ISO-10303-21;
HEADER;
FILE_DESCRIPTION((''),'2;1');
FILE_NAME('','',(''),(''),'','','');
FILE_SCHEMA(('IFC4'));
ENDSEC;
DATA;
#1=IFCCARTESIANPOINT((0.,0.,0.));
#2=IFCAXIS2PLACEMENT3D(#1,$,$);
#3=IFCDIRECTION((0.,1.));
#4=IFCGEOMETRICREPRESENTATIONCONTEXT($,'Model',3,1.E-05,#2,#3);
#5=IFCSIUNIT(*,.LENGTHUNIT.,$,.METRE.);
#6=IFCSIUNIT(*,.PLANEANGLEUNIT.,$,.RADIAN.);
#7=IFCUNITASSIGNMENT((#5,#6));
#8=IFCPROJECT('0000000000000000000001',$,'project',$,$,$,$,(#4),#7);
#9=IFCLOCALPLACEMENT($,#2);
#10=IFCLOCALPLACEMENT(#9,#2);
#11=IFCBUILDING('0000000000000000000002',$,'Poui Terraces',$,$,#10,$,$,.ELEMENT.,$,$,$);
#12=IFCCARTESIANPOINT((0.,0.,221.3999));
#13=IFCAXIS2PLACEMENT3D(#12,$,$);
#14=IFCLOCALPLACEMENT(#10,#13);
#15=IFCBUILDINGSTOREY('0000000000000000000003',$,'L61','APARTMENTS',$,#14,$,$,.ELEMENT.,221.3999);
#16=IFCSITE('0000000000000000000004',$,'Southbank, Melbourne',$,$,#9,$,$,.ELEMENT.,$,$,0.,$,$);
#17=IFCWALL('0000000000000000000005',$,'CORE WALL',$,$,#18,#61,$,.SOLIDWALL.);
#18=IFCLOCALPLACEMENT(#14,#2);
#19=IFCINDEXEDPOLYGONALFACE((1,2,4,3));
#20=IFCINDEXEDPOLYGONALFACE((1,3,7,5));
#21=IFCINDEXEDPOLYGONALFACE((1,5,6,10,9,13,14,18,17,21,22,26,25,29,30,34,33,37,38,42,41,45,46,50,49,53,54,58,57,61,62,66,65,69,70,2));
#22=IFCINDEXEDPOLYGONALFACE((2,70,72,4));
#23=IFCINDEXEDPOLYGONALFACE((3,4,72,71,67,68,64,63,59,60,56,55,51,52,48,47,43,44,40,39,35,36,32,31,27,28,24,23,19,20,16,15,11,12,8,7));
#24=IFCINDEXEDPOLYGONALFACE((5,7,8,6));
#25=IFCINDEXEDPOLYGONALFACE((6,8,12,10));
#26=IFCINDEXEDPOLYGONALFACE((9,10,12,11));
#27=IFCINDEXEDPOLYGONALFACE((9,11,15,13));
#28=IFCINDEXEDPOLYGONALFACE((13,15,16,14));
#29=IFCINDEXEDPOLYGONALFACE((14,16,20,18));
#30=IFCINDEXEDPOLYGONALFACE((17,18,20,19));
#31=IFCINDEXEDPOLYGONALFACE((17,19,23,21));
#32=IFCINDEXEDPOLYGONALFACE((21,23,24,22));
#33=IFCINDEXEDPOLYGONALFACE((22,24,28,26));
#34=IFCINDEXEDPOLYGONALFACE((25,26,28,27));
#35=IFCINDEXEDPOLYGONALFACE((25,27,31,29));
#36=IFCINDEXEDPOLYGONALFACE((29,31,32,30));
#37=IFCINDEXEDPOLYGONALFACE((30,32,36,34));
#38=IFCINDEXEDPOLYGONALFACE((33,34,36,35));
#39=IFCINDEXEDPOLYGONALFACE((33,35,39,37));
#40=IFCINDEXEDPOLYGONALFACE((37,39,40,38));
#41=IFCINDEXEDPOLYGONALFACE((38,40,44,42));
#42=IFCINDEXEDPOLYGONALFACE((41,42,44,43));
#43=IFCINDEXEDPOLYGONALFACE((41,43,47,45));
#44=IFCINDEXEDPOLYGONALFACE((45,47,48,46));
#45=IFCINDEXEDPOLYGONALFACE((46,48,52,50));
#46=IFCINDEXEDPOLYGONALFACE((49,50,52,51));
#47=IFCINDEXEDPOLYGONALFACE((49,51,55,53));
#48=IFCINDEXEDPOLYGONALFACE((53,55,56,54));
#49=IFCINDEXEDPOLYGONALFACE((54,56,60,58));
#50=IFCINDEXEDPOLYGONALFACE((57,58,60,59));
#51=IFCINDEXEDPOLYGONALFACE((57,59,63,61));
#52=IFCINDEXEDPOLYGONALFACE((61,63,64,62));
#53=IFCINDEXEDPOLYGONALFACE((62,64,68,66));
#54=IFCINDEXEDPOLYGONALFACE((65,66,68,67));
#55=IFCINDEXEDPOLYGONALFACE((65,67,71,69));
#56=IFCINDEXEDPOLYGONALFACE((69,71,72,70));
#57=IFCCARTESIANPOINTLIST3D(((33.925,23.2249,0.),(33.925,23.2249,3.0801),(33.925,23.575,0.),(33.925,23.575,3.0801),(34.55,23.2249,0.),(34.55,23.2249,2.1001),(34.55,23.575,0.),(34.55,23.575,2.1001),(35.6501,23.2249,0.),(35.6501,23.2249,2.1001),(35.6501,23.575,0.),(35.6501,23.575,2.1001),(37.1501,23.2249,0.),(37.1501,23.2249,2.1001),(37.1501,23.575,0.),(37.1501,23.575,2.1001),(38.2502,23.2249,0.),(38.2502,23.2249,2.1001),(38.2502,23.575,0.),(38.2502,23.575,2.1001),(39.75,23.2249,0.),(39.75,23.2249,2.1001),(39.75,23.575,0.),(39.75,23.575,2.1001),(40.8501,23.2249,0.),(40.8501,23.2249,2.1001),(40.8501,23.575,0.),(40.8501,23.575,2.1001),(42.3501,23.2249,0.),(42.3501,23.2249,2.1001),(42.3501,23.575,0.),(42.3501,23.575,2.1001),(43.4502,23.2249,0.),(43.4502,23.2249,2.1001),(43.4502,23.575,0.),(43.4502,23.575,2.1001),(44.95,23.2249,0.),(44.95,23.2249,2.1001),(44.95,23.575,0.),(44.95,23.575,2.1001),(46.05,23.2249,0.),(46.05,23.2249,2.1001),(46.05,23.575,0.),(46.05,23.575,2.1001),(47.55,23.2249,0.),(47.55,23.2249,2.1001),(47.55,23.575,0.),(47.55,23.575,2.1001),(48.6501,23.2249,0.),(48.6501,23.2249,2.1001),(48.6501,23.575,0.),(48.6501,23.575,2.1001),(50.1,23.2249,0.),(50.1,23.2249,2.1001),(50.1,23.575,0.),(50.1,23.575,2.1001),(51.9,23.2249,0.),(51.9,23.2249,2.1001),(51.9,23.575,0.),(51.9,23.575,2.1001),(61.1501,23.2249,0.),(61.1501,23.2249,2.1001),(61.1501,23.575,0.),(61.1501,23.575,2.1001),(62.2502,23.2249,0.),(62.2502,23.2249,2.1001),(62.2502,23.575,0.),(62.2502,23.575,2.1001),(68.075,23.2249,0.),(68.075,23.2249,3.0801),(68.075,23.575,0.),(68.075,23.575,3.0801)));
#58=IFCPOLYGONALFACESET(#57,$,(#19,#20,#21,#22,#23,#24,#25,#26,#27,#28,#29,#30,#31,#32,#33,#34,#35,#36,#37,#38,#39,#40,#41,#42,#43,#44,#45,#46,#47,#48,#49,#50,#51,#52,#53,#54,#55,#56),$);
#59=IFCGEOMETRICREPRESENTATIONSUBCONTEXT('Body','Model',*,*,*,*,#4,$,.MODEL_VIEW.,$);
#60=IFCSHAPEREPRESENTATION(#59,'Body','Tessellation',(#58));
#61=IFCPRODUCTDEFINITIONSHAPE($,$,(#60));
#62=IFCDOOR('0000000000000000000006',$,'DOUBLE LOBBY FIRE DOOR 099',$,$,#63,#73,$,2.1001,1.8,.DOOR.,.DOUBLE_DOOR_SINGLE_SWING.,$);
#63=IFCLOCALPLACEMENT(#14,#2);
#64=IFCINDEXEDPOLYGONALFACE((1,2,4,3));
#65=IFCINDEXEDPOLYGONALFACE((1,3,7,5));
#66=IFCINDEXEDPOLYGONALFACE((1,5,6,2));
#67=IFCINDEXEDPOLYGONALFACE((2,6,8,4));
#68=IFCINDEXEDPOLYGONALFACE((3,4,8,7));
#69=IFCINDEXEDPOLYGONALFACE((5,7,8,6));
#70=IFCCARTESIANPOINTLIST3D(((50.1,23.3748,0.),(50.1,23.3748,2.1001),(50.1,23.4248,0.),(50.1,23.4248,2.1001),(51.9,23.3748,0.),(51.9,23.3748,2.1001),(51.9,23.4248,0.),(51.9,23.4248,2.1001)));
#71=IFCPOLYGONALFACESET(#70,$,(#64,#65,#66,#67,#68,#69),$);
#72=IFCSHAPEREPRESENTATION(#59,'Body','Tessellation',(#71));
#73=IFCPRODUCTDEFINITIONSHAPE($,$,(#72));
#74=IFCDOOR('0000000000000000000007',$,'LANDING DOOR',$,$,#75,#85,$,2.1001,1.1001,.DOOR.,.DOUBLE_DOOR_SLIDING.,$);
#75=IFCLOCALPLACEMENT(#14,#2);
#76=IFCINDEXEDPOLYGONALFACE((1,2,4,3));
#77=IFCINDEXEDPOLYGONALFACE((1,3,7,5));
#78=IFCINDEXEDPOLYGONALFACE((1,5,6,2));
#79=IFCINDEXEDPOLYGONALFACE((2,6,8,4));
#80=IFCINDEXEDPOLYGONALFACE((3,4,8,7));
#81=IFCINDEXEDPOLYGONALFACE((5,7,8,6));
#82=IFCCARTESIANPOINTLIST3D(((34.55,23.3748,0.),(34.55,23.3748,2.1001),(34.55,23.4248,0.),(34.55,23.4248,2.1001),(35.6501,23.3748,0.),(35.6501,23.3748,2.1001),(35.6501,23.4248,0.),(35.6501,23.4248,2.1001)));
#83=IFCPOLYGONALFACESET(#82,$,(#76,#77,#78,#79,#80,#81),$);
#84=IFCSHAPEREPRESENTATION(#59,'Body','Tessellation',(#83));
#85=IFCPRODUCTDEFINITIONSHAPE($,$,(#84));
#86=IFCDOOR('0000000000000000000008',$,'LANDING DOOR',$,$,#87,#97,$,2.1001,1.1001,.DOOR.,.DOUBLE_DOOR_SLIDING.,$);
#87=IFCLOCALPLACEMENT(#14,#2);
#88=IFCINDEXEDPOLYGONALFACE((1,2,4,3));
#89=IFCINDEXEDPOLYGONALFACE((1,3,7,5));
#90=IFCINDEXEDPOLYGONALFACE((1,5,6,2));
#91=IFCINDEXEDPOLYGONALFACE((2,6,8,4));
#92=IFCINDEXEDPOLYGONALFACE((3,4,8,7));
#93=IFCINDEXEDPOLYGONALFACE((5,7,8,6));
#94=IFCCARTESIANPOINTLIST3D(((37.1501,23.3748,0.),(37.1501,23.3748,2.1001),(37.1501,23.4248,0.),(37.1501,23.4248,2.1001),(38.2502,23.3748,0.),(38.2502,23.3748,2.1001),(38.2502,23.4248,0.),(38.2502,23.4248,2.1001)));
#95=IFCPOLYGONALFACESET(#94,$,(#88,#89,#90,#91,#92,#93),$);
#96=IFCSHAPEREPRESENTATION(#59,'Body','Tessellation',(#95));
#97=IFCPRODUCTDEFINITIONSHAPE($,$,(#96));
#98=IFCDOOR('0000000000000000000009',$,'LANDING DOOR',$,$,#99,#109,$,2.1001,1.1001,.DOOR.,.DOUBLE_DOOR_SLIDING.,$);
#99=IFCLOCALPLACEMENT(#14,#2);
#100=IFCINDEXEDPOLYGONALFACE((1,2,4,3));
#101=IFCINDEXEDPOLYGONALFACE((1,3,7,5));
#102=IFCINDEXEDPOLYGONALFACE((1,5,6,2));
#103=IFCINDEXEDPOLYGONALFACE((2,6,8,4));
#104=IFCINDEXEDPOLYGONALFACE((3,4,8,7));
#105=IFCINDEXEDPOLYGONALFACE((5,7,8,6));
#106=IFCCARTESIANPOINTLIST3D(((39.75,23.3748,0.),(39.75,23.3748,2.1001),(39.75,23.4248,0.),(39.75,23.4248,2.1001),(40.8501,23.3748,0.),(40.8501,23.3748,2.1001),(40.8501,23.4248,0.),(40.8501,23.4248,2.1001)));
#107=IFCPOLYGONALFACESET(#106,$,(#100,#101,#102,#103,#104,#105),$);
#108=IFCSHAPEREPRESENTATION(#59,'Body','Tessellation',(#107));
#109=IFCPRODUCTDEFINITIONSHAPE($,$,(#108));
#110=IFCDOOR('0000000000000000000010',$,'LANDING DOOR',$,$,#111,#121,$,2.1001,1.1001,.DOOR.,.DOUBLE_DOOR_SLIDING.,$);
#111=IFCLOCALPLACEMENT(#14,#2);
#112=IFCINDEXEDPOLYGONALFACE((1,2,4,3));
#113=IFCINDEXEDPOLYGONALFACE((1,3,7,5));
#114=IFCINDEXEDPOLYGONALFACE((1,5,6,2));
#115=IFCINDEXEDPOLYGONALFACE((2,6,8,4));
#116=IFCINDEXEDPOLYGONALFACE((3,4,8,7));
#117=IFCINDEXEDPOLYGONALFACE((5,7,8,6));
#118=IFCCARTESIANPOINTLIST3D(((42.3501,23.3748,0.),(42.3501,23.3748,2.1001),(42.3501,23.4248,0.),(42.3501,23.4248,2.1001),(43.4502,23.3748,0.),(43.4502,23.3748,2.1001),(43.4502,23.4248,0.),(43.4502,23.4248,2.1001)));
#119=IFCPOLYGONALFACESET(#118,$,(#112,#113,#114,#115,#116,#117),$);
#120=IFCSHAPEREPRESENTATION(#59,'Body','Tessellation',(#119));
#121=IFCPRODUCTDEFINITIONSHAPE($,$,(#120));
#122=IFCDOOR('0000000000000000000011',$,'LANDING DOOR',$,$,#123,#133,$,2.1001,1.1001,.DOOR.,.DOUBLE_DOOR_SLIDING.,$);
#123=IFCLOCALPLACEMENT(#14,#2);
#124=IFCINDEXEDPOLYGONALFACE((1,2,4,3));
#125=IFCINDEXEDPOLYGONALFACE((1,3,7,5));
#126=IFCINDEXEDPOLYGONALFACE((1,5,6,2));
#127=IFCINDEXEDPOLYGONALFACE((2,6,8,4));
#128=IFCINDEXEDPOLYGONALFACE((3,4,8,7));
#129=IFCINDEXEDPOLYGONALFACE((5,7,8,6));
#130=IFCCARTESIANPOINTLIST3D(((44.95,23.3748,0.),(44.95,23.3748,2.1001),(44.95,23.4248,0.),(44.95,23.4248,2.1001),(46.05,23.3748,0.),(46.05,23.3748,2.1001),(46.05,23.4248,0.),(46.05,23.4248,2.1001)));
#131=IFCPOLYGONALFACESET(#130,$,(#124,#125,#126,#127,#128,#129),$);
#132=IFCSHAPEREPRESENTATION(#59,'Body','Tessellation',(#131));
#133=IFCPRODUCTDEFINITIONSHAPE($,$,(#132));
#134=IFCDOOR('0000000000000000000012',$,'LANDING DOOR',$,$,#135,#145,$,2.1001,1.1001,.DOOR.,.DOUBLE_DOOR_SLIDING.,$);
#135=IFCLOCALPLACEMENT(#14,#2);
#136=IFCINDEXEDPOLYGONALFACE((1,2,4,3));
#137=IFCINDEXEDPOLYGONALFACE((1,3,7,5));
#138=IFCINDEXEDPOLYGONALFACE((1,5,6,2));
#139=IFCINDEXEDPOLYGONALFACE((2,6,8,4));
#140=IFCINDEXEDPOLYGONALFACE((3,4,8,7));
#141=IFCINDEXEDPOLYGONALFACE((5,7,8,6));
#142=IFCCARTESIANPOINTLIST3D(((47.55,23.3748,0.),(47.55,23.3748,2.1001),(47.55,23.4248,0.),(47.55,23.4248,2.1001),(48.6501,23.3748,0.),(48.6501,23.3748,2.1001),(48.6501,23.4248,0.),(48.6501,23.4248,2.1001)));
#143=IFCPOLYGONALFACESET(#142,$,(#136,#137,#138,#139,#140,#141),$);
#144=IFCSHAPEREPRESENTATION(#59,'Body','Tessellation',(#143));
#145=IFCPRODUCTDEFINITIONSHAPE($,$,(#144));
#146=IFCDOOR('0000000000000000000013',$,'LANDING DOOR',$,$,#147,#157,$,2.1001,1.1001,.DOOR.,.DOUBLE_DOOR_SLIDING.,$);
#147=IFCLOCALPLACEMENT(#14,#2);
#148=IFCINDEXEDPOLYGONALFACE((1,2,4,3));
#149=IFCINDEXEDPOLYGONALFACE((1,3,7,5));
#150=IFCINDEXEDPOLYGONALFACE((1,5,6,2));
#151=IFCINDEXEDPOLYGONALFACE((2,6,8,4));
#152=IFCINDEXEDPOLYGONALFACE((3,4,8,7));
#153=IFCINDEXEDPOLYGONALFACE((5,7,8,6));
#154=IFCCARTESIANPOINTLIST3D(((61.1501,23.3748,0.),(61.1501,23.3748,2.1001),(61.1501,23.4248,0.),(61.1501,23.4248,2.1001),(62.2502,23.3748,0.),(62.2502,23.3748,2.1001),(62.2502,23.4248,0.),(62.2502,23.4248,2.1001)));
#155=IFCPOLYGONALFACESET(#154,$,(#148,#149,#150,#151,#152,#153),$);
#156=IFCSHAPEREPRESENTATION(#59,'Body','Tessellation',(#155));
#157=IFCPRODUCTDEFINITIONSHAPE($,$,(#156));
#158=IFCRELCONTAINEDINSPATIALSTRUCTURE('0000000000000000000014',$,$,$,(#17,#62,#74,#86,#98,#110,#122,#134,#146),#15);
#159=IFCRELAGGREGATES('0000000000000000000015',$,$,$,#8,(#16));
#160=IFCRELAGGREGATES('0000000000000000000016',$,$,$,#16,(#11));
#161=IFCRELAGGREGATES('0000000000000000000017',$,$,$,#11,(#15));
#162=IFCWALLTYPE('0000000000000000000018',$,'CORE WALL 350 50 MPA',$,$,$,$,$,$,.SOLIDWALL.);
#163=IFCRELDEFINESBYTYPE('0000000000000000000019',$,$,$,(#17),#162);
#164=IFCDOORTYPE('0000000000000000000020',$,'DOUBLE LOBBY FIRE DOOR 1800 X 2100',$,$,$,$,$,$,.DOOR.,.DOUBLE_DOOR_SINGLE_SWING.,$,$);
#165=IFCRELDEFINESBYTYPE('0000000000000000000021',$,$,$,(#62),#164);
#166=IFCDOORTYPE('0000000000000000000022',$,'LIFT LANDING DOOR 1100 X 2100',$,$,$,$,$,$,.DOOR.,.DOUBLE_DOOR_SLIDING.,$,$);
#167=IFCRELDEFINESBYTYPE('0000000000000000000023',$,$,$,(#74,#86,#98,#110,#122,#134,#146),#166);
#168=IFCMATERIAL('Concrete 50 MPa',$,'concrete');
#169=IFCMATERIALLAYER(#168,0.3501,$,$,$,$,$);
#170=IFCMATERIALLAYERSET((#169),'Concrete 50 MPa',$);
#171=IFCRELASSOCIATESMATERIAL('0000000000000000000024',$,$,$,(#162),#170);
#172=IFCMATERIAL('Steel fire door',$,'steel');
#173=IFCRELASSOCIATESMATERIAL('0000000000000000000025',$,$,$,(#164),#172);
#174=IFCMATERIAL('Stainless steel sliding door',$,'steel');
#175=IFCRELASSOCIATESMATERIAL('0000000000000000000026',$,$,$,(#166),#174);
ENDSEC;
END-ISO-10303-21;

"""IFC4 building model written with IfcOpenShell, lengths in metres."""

from ifc_helpers import new_model, si_unit, direction, frame, frame_2d, origin, place, context, subcontext, project, spatial, rectangle, extrude, material, layer, layer_set, type_object, element, fill, save


model = new_model("IFC4")

# Units and contexts
model_context = context("Model", 3, precision=1e-05, world=origin(), true_north=direction((0.0, 1.0)))
body_context = subcontext(model_context, "Body", "Model", "MODEL_VIEW")
ifc_project = project(units=[si_unit("LENGTHUNIT", "METRE"), si_unit("PLANEANGLEUNIT", "RADIAN")], contexts=[model_context])

# Site, building, storey
site_placement = place(None, origin())
site = spatial("IfcSite", under=ifc_project, at=site_placement, Name="Southbank, Melbourne", CompositionType="ELEMENT", RefElevation=0.0)
building_placement = place(site_placement, origin())
building = spatial("IfcBuilding", under=site, at=building_placement, Name="Poui Terraces", CompositionType="ELEMENT")
storey_placement = place(building_placement, frame((0.0, 0.0, 221.3999)))
storey = spatial("IfcBuildingStorey", under=building, at=storey_placement, Name="L61", Description="APARTMENTS", CompositionType="ELEMENT", Elevation=221.3999)

# Shared definitions
ifc_material_1 = material(Name="Concrete 50 MPa", Category="concrete")

# Wall, openings, doors
ifc_layer_1 = layer(ifc_material_1, 0.3501)
ifc_layer_set_1 = layer_set([ifc_layer_1], Name="Concrete 50 MPa")
wall_type_1 = type_object("IfcWallType", Name="CORE WALL 350 50 MPA", PredefinedType="SOLIDWALL", material=ifc_layer_set_1)
wall_1_placement = place(storey_placement, frame((33.925, 23.3999, 0.0), z_axis=(0.0, 0.0, 1.0), x_axis=(1.0, 0.0, 0.0)))
wall_1 = element("IfcWall", 1, at=wall_1_placement, inside=storey, type_object=wall_type_1, Name="CORE WALL", PredefinedType="SOLIDWALL", context=body_context, shape_type="SweptSolid", body=[
    extrude(rectangle(XDim=34.1499, YDim=0.3501, at=frame_2d((17.075, 0.0))), origin(), (0.0, 0.0, 1.0), 3.0801),
])
opening_1_placement = place(wall_1_placement, frame((16.175, 0.0, 0.0)))
opening_1 = element("IfcOpeningElement", 2, at=opening_1_placement, cuts=wall_1, PredefinedType="OPENING", context=body_context, shape_type="SweptSolid", body=[
    extrude(rectangle(XDim=1.8, YDim=2.1001, at=frame_2d((0.8999, 1.05))), frame((0.0, 0.1851, 0.0), z_axis=(0.0, -1.0, 0.0), x_axis=(1.0, 0.0, 0.0)), (0.0, 0.0, 1.0), 0.3701),
])
opening_2_placement = place(wall_1_placement, frame((0.625, 0.0, 0.0)))
opening_2 = element("IfcOpeningElement", 3, at=opening_2_placement, cuts=wall_1, PredefinedType="OPENING", context=body_context, shape_type="SweptSolid", body=[
    extrude(rectangle(XDim=1.1001, YDim=2.1001, at=frame_2d((0.55, 1.05))), frame((0.0, 0.1851, 0.0), z_axis=(0.0, -1.0, 0.0), x_axis=(1.0, 0.0, 0.0)), (0.0, 0.0, 1.0), 0.3701),
])
opening_3_placement = place(wall_1_placement, frame((3.2251, 0.0, 0.0)))
opening_3 = element("IfcOpeningElement", 4, at=opening_3_placement, cuts=wall_1, PredefinedType="OPENING", context=body_context, shape_type="SweptSolid", body=[
    extrude(rectangle(XDim=1.1001, YDim=2.1001, at=frame_2d((0.55, 1.05))), frame((0.0, 0.1851, 0.0), z_axis=(0.0, -1.0, 0.0), x_axis=(1.0, 0.0, 0.0)), (0.0, 0.0, 1.0), 0.3701),
])
opening_4_placement = place(wall_1_placement, frame((5.825, 0.0, 0.0)))
opening_4 = element("IfcOpeningElement", 5, at=opening_4_placement, cuts=wall_1, PredefinedType="OPENING", context=body_context, shape_type="SweptSolid", body=[
    extrude(rectangle(XDim=1.1001, YDim=2.1001, at=frame_2d((0.55, 1.05))), frame((0.0, 0.1851, 0.0), z_axis=(0.0, -1.0, 0.0), x_axis=(1.0, 0.0, 0.0)), (0.0, 0.0, 1.0), 0.3701),
])
opening_5_placement = place(wall_1_placement, frame((8.425, 0.0, 0.0)))
opening_5 = element("IfcOpeningElement", 6, at=opening_5_placement, cuts=wall_1, PredefinedType="OPENING", context=body_context, shape_type="SweptSolid", body=[
    extrude(rectangle(XDim=1.1001, YDim=2.1001, at=frame_2d((0.55, 1.05))), frame((0.0, 0.1851, 0.0), z_axis=(0.0, -1.0, 0.0), x_axis=(1.0, 0.0, 0.0)), (0.0, 0.0, 1.0), 0.3701),
])
opening_6_placement = place(wall_1_placement, frame((11.0249, 0.0, 0.0)))
opening_6 = element("IfcOpeningElement", 7, at=opening_6_placement, cuts=wall_1, PredefinedType="OPENING", context=body_context, shape_type="SweptSolid", body=[
    extrude(rectangle(XDim=1.1001, YDim=2.1001, at=frame_2d((0.55, 1.05))), frame((0.0, 0.1851, 0.0), z_axis=(0.0, -1.0, 0.0), x_axis=(1.0, 0.0, 0.0)), (0.0, 0.0, 1.0), 0.3701),
])
opening_7_placement = place(wall_1_placement, frame((13.625, 0.0, 0.0)))
opening_7 = element("IfcOpeningElement", 8, at=opening_7_placement, cuts=wall_1, PredefinedType="OPENING", context=body_context, shape_type="SweptSolid", body=[
    extrude(rectangle(XDim=1.1001, YDim=2.1001, at=frame_2d((0.55, 1.05))), frame((0.0, 0.1851, 0.0), z_axis=(0.0, -1.0, 0.0), x_axis=(1.0, 0.0, 0.0)), (0.0, 0.0, 1.0), 0.3701),
])
opening_8_placement = place(wall_1_placement, frame((27.2251, 0.0, 0.0)))
opening_8 = element("IfcOpeningElement", 9, at=opening_8_placement, cuts=wall_1, PredefinedType="OPENING", context=body_context, shape_type="SweptSolid", body=[
    extrude(rectangle(XDim=1.1001, YDim=2.1001, at=frame_2d((0.55, 1.05))), frame((0.0, 0.1851, 0.0), z_axis=(0.0, -1.0, 0.0), x_axis=(1.0, 0.0, 0.0)), (0.0, 0.0, 1.0), 0.3701),
])
ifc_material_2 = material(Name="Steel fire door", Category="steel")
door_type_1 = type_object("IfcDoorType", Name="DOUBLE LOBBY FIRE DOOR 1800 X 2100", OperationType="DOUBLE_DOOR_SINGLE_SWING", PredefinedType="DOOR", material=ifc_material_2)
door_1_placement = place(opening_1_placement, origin())
door_1 = element("IfcDoor", 10, at=door_1_placement, inside=storey, type_object=door_type_1, Name="DOUBLE LOBBY FIRE DOOR 099", OperationType="DOUBLE_DOOR_SINGLE_SWING", OverallHeight=2.1001, OverallWidth=1.8, PredefinedType="DOOR", context=body_context, shape_type="SweptSolid", body=[
    extrude(rectangle(XDim=1.8, YDim=2.1001, at=frame_2d((0.8999, 1.05))), frame((0.0, 0.0249, 0.0), z_axis=(0.0, -1.0, 0.0), x_axis=(1.0, 0.0, 0.0)), (0.0, 0.0, 1.0), 0.05),
])
fill(opening_1, door_1)
ifc_material_3 = material(Name="Stainless steel sliding door", Category="steel")
door_type_2 = type_object("IfcDoorType", Name="LIFT LANDING DOOR 1100 X 2100", OperationType="DOUBLE_DOOR_SLIDING", PredefinedType="DOOR", material=ifc_material_3)
door_2_placement = place(opening_2_placement, origin())
door_2 = element("IfcDoor", 11, at=door_2_placement, inside=storey, type_object=door_type_2, Name="LANDING DOOR", OperationType="DOUBLE_DOOR_SLIDING", OverallHeight=2.1001, OverallWidth=1.1001, PredefinedType="DOOR", context=body_context, shape_type="SweptSolid", body=[
    extrude(rectangle(XDim=1.1001, YDim=2.1001, at=frame_2d((0.55, 1.05))), frame((0.0, 0.0249, 0.0), z_axis=(0.0, -1.0, 0.0), x_axis=(1.0, 0.0, 0.0)), (0.0, 0.0, 1.0), 0.05),
])
fill(opening_2, door_2)
door_3_placement = place(opening_3_placement, origin())
door_3 = element("IfcDoor", 12, at=door_3_placement, inside=storey, type_object=door_type_2, Name="LANDING DOOR", OperationType="DOUBLE_DOOR_SLIDING", OverallHeight=2.1001, OverallWidth=1.1001, PredefinedType="DOOR", context=body_context, shape_type="SweptSolid", body=[
    extrude(rectangle(XDim=1.1001, YDim=2.1001, at=frame_2d((0.55, 1.05))), frame((0.0, 0.0249, 0.0), z_axis=(0.0, -1.0, 0.0), x_axis=(1.0, 0.0, 0.0)), (0.0, 0.0, 1.0), 0.05),
])
fill(opening_3, door_3)
door_4_placement = place(opening_4_placement, origin())
door_4 = element("IfcDoor", 13, at=door_4_placement, inside=storey, type_object=door_type_2, Name="LANDING DOOR", OperationType="DOUBLE_DOOR_SLIDING", OverallHeight=2.1001, OverallWidth=1.1001, PredefinedType="DOOR", context=body_context, shape_type="SweptSolid", body=[
    extrude(rectangle(XDim=1.1001, YDim=2.1001, at=frame_2d((0.55, 1.05))), frame((0.0, 0.0249, 0.0), z_axis=(0.0, -1.0, 0.0), x_axis=(1.0, 0.0, 0.0)), (0.0, 0.0, 1.0), 0.05),
])
fill(opening_4, door_4)
door_5_placement = place(opening_5_placement, origin())
door_5 = element("IfcDoor", 14, at=door_5_placement, inside=storey, type_object=door_type_2, Name="LANDING DOOR", OperationType="DOUBLE_DOOR_SLIDING", OverallHeight=2.1001, OverallWidth=1.1001, PredefinedType="DOOR", context=body_context, shape_type="SweptSolid", body=[
    extrude(rectangle(XDim=1.1001, YDim=2.1001, at=frame_2d((0.55, 1.05))), frame((0.0, 0.0249, 0.0), z_axis=(0.0, -1.0, 0.0), x_axis=(1.0, 0.0, 0.0)), (0.0, 0.0, 1.0), 0.05),
])
fill(opening_5, door_5)
door_6_placement = place(opening_6_placement, origin())
door_6 = element("IfcDoor", 15, at=door_6_placement, inside=storey, type_object=door_type_2, Name="LANDING DOOR", OperationType="DOUBLE_DOOR_SLIDING", OverallHeight=2.1001, OverallWidth=1.1001, PredefinedType="DOOR", context=body_context, shape_type="SweptSolid", body=[
    extrude(rectangle(XDim=1.1001, YDim=2.1001, at=frame_2d((0.55, 1.05))), frame((0.0, 0.0249, 0.0), z_axis=(0.0, -1.0, 0.0), x_axis=(1.0, 0.0, 0.0)), (0.0, 0.0, 1.0), 0.05),
])
fill(opening_6, door_6)
door_7_placement = place(opening_7_placement, origin())
door_7 = element("IfcDoor", 16, at=door_7_placement, inside=storey, type_object=door_type_2, Name="LANDING DOOR", OperationType="DOUBLE_DOOR_SLIDING", OverallHeight=2.1001, OverallWidth=1.1001, PredefinedType="DOOR", context=body_context, shape_type="SweptSolid", body=[
    extrude(rectangle(XDim=1.1001, YDim=2.1001, at=frame_2d((0.55, 1.05))), frame((0.0, 0.0249, 0.0), z_axis=(0.0, -1.0, 0.0), x_axis=(1.0, 0.0, 0.0)), (0.0, 0.0, 1.0), 0.05),
])
fill(opening_7, door_7)
door_8_placement = place(opening_8_placement, origin())
door_8 = element("IfcDoor", 17, at=door_8_placement, inside=storey, type_object=door_type_2, Name="LANDING DOOR", OperationType="DOUBLE_DOOR_SLIDING", OverallHeight=2.1001, OverallWidth=1.1001, PredefinedType="DOOR", context=body_context, shape_type="SweptSolid", body=[
    extrude(rectangle(XDim=1.1001, YDim=2.1001, at=frame_2d((0.55, 1.05))), frame((0.0, 0.0249, 0.0), z_axis=(0.0, -1.0, 0.0), x_axis=(1.0, 0.0, 0.0)), (0.0, 0.0, 1.0), 0.05),
])
fill(opening_8, door_8)

save(model, "model.ifc")
